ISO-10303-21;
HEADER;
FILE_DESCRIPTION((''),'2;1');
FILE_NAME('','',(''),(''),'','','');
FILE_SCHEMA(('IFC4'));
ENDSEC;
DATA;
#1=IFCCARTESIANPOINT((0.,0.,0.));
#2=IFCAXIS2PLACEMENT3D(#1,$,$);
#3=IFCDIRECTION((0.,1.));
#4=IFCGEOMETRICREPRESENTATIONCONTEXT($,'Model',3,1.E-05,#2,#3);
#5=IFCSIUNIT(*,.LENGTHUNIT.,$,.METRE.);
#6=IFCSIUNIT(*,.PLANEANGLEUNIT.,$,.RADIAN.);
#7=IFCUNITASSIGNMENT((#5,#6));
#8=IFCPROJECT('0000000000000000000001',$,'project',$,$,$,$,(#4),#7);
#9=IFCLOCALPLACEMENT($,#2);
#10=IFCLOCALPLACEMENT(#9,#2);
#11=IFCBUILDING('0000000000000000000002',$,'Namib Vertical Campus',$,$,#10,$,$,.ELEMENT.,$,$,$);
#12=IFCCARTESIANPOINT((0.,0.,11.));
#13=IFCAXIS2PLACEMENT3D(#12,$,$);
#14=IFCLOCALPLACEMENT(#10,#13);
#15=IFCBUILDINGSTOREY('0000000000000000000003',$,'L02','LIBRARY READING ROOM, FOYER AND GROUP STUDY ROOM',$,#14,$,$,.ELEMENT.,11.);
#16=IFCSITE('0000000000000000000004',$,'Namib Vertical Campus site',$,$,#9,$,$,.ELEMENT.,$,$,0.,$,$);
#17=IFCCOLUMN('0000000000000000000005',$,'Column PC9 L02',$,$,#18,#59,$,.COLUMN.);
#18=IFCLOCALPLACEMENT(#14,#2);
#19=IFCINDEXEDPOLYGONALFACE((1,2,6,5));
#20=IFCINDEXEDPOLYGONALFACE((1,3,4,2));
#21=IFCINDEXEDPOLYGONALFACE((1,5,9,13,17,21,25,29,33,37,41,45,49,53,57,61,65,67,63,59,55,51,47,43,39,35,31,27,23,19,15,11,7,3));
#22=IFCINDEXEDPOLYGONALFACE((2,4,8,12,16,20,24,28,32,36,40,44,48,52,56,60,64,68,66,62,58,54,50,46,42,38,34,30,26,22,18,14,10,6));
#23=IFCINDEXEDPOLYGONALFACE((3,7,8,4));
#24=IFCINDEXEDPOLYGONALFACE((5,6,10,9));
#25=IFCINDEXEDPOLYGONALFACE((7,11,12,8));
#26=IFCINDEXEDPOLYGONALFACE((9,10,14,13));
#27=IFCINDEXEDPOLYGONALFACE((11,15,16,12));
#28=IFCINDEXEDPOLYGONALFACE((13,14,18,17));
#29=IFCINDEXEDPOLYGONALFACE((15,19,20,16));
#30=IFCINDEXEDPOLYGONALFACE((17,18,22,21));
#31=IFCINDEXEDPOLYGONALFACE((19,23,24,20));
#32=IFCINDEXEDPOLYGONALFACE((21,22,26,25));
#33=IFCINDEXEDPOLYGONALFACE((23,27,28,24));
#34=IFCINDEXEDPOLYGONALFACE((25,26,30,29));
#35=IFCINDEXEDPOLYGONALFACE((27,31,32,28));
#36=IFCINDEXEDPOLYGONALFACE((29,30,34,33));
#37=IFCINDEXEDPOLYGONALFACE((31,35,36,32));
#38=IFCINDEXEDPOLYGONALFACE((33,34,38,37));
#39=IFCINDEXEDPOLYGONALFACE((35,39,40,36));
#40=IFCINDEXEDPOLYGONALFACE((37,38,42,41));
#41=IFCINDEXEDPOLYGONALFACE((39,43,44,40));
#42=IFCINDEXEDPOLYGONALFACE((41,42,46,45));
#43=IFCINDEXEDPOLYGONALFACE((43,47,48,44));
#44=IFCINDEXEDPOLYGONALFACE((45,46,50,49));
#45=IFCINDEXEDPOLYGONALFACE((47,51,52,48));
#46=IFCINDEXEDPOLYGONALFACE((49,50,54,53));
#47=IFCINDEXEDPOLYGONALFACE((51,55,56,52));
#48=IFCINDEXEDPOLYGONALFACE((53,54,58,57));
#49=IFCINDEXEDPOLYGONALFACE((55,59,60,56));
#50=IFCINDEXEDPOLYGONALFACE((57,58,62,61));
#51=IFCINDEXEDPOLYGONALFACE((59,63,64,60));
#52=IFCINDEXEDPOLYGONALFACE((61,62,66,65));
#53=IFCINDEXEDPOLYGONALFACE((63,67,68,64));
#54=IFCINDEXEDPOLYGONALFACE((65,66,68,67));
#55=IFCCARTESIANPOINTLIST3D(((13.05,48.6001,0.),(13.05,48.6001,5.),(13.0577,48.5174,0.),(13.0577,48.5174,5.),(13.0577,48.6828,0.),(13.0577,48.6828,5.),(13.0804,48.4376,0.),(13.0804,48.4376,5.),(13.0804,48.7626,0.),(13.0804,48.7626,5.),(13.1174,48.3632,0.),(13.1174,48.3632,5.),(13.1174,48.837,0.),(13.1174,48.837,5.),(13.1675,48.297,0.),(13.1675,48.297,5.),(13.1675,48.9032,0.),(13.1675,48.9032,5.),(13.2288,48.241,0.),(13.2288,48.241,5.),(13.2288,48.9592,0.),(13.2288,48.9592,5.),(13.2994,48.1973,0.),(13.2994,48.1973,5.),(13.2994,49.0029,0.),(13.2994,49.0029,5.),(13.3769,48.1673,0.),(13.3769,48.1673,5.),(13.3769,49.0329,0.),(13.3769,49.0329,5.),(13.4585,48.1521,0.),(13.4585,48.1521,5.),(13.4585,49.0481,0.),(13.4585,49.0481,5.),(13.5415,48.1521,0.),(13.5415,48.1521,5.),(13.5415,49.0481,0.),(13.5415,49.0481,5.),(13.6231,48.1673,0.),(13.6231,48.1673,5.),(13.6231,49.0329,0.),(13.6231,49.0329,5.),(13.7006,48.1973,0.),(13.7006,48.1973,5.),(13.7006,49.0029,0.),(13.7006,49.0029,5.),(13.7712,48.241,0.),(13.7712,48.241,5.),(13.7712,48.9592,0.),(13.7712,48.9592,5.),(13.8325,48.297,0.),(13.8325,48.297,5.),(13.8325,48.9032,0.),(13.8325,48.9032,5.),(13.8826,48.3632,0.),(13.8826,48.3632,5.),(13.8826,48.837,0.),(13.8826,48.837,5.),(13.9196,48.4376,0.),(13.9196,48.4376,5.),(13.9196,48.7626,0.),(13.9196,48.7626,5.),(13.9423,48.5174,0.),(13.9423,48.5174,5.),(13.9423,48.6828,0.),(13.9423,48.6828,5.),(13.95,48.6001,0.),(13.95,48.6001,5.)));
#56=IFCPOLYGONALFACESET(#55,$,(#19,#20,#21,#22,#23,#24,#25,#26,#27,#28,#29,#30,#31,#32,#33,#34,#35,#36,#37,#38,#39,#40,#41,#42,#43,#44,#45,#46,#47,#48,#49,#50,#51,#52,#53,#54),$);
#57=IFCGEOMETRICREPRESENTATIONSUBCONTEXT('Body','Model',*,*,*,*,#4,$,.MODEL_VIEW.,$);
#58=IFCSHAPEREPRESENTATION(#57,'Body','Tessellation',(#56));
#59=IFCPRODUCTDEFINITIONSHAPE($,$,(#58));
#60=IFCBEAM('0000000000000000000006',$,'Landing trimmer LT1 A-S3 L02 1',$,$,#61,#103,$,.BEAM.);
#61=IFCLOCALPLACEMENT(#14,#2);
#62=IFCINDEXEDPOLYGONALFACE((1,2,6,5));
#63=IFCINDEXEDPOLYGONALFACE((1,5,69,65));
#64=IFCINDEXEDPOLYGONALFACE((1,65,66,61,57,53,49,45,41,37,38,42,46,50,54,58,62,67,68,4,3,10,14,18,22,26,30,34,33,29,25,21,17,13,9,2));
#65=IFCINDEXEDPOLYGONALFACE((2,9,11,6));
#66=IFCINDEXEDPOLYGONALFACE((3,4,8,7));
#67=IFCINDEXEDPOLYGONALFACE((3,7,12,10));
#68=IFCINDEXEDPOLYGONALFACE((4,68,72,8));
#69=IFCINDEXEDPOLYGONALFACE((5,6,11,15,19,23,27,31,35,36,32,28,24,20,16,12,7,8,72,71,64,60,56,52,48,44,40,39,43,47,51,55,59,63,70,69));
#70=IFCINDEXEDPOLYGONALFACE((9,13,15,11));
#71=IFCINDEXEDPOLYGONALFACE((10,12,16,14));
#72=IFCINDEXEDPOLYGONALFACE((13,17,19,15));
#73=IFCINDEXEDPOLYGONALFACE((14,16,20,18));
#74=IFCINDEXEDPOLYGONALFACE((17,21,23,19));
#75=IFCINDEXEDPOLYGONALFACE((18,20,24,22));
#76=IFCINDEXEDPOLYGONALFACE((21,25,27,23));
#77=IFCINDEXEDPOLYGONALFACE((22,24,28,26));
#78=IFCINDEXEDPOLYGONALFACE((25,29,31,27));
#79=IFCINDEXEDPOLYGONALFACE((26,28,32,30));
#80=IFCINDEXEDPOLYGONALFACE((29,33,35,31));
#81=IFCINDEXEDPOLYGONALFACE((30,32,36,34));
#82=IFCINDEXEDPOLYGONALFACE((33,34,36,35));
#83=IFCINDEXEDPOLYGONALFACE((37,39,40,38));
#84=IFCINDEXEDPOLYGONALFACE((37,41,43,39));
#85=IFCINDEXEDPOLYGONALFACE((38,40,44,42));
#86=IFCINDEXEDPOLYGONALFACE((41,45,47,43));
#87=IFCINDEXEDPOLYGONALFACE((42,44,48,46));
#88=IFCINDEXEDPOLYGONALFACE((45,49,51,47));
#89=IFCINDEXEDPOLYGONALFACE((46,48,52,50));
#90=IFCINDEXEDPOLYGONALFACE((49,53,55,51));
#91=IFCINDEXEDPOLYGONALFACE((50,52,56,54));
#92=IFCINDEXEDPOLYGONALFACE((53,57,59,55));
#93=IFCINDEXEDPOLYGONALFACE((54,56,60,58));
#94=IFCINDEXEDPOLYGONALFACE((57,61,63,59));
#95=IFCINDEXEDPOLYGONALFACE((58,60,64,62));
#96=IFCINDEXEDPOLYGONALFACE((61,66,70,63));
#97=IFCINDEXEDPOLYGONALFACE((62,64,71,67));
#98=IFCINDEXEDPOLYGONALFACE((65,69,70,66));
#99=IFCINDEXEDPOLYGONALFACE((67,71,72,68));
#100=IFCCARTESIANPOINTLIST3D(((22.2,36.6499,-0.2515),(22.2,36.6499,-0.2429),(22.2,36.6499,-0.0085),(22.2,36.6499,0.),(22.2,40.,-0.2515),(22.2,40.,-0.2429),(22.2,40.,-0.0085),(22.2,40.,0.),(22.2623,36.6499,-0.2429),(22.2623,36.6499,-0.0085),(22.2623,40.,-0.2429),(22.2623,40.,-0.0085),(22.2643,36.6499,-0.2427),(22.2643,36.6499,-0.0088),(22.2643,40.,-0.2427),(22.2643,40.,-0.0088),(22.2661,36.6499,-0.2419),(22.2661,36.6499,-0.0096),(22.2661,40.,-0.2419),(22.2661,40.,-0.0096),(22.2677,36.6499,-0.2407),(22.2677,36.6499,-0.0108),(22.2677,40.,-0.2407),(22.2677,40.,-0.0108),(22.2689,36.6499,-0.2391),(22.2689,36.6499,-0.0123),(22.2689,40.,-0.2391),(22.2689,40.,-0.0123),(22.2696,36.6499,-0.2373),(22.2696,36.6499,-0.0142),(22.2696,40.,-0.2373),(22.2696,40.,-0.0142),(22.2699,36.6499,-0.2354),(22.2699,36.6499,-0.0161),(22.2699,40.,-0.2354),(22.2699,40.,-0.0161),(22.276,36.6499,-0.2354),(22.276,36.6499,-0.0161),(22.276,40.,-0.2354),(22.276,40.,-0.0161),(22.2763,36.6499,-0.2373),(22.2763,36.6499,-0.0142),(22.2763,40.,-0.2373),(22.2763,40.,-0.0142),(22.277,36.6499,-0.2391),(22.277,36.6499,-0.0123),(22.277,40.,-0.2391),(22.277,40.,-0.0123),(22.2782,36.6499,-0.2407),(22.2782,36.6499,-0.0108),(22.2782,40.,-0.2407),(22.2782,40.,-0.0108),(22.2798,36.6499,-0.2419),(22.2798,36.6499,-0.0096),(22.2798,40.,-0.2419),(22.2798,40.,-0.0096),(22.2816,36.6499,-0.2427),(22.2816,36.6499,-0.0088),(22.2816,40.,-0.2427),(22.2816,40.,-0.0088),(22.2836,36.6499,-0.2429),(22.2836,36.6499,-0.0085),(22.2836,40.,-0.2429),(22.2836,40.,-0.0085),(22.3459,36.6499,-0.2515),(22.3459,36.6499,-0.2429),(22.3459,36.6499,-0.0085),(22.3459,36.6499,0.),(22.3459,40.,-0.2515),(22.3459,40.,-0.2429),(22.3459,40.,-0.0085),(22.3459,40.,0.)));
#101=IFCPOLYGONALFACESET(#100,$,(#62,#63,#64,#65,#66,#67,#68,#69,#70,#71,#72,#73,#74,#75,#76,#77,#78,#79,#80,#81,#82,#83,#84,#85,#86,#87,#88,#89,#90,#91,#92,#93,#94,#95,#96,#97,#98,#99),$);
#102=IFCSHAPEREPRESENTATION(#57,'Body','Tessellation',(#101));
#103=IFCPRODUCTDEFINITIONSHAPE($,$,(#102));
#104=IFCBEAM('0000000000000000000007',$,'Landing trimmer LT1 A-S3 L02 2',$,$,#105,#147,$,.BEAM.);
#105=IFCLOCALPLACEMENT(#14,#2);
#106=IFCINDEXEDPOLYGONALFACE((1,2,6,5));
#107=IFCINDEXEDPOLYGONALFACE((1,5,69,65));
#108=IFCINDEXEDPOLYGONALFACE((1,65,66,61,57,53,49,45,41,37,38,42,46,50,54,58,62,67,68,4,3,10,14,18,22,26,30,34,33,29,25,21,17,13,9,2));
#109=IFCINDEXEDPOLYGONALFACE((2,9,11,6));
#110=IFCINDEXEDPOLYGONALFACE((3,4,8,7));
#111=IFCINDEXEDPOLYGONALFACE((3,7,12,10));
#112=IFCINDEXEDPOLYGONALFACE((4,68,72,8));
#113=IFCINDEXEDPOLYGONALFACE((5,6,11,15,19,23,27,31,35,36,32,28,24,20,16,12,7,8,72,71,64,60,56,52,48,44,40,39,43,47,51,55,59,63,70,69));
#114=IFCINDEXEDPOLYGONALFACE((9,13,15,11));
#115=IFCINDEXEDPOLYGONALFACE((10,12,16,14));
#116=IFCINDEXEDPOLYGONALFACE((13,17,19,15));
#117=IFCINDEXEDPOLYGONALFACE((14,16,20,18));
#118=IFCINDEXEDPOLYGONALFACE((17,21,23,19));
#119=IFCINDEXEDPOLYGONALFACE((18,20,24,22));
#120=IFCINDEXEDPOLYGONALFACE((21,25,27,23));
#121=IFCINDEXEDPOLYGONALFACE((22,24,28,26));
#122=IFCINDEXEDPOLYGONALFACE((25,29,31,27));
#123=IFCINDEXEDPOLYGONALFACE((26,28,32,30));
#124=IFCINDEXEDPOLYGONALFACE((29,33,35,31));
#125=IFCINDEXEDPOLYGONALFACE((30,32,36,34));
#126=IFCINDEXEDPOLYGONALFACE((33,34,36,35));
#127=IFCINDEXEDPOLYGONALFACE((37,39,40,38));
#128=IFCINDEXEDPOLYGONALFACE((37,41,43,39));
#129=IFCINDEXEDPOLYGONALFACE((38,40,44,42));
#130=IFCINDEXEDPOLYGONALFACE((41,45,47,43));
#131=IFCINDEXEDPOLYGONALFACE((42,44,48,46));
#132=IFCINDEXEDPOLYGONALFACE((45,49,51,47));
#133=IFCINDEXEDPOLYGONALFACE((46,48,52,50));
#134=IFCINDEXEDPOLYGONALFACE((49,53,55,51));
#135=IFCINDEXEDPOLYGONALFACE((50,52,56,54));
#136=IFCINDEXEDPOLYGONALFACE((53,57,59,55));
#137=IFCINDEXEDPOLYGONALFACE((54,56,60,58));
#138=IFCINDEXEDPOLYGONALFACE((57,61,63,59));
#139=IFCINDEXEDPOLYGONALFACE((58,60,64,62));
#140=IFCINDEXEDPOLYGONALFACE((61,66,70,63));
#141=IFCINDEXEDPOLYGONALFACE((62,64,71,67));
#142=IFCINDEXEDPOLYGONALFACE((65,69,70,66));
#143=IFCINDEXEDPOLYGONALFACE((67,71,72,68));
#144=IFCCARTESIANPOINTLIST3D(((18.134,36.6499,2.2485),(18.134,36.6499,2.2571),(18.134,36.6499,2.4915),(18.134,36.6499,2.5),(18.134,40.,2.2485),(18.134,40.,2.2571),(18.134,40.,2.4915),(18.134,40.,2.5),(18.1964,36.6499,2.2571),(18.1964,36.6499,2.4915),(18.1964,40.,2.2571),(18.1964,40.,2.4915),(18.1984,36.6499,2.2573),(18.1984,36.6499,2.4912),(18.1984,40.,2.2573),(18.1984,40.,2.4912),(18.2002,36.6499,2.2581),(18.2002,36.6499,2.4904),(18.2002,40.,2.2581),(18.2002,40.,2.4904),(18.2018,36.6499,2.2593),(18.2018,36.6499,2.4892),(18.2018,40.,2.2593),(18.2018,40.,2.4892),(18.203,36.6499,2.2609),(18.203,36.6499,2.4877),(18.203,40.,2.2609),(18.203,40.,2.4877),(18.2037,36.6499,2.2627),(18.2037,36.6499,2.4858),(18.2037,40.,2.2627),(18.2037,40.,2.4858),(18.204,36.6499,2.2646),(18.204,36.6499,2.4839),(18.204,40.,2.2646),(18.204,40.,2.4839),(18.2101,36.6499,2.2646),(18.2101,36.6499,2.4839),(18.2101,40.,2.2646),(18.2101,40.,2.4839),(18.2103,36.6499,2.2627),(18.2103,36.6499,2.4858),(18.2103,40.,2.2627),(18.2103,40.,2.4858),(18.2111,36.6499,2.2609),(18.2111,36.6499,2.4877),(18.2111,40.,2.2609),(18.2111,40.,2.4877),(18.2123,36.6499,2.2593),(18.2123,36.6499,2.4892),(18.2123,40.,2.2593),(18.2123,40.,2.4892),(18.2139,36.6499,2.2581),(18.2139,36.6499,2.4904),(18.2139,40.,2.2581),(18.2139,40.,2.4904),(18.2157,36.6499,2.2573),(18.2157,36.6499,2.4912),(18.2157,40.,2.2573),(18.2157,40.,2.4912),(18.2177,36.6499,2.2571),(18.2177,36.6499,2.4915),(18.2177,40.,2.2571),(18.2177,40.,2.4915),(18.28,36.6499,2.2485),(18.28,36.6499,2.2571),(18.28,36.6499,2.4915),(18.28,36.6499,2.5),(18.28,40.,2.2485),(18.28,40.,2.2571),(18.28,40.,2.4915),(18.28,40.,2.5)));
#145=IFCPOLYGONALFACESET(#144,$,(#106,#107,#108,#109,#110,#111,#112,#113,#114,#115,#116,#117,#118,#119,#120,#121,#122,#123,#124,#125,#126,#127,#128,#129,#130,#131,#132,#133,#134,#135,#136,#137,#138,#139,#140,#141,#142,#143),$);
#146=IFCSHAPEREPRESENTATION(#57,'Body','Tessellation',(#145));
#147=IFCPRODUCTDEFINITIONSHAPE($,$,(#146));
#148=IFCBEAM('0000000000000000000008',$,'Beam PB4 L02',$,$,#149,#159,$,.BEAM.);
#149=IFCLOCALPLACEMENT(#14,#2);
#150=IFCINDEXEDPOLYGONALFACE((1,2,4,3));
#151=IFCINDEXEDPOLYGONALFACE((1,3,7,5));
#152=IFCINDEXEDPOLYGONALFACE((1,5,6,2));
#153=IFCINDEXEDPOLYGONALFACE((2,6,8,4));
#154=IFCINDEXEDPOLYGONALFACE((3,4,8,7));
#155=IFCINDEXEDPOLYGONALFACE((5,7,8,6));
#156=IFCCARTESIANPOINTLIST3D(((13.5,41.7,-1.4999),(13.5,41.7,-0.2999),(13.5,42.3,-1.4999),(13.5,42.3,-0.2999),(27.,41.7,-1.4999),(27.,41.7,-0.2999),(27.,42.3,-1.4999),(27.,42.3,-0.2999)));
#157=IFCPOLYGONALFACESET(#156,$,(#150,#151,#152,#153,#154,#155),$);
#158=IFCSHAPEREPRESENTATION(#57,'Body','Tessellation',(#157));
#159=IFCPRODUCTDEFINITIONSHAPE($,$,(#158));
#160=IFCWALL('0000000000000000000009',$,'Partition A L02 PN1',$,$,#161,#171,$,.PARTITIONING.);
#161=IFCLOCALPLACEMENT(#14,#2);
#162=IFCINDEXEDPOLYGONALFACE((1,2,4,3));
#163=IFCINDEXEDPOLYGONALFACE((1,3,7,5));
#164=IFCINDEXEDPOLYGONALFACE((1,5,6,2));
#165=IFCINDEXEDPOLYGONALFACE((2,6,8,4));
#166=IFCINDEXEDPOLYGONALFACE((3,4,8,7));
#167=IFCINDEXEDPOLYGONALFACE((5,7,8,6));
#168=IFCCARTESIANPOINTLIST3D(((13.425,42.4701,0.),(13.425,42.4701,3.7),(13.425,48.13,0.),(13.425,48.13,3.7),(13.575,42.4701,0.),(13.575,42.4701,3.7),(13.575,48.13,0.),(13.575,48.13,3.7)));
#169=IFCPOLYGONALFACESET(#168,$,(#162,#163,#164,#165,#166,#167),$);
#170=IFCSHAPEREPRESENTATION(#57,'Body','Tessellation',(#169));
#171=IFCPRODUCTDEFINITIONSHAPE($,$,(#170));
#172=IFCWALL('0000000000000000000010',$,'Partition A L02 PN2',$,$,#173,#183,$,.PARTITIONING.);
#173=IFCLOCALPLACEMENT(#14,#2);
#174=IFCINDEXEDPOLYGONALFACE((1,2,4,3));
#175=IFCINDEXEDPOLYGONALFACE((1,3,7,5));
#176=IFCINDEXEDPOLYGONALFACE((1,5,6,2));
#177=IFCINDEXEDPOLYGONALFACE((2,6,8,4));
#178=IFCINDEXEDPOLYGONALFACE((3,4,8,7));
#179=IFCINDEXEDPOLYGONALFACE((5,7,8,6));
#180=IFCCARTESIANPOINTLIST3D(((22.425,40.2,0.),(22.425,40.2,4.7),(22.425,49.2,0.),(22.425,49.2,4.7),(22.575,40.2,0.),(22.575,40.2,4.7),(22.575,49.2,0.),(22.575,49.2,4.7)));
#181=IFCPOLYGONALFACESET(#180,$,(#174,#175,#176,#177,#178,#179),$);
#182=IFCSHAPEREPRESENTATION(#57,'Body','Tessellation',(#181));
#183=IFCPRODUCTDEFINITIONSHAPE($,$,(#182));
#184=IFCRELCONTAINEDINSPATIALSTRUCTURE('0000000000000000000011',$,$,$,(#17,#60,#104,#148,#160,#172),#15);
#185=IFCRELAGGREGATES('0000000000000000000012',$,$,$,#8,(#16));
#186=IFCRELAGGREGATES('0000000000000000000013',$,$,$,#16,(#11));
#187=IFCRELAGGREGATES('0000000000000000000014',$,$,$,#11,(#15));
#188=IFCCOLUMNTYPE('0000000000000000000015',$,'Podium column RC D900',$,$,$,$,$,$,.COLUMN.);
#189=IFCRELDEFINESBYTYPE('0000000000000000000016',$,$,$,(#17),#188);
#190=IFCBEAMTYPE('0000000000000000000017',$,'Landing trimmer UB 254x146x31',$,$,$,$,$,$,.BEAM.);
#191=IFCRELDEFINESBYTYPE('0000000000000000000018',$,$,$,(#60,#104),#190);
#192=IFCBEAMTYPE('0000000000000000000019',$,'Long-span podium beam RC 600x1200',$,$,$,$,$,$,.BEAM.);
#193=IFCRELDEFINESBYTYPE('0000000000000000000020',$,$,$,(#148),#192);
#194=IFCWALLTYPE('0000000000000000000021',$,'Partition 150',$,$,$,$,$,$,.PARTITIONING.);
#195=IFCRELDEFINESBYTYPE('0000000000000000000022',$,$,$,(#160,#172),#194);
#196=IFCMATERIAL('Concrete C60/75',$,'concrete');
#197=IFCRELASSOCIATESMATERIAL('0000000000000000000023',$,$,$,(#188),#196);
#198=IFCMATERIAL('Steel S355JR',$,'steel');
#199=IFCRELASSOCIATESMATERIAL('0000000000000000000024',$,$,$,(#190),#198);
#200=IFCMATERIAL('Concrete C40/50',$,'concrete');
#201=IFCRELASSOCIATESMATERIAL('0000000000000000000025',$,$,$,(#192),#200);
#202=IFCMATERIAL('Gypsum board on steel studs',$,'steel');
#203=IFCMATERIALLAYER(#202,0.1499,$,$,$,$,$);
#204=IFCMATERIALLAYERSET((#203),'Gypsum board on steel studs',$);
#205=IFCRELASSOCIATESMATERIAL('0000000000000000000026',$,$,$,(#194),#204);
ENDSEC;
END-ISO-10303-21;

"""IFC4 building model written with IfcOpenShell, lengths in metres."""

from ifc_helpers import new_model, si_unit, direction, frame, frame_2d, origin, origin_2d, place, context, subcontext, project, spatial, rectangle, circle, i_section, extrude, material, layer, layer_set, material_profile, profile_set, type_object, element, save


model = new_model("IFC4")

# Units and contexts
model_context = context("Model", 3, precision=1e-05, world=origin(), true_north=direction((0.0, 1.0)))
body_context = subcontext(model_context, "Body", "Model", "MODEL_VIEW")
ifc_project = project(units=[si_unit("LENGTHUNIT", "METRE"), si_unit("PLANEANGLEUNIT", "RADIAN")], contexts=[model_context])

# Site, building, storey
site_placement = place(None, origin())
site = spatial("IfcSite", under=ifc_project, at=site_placement, Name="Namib Vertical Campus site", CompositionType="ELEMENT", RefElevation=0.0)
building_placement = place(site_placement, origin())
building = spatial("IfcBuilding", under=site, at=building_placement, Name="Namib Vertical Campus", CompositionType="ELEMENT")
storey_placement = place(building_placement, frame((0.0, 0.0, 11.0)))
storey = spatial("IfcBuildingStorey", under=building, at=storey_placement, Name="L02", Description="LIBRARY READING ROOM, FOYER AND GROUP STUDY ROOM", CompositionType="ELEMENT", Elevation=11.0)

# Column
ifc_material_1 = material(Name="Concrete C60/75", Category="concrete")
ifc_material_profile_1 = material_profile(ifc_material_1, circle(Radius=0.45, at=origin_2d()))
ifc_profile_set_1 = profile_set([ifc_material_profile_1], Name="Concrete C60/75")
column_type = type_object("IfcColumnType", Name="Podium column RC D900", PredefinedType="COLUMN", material=ifc_profile_set_1)
column_placement = place(storey_placement, frame((13.5, 48.6001, 0.0), z_axis=(0.0, 0.0, 1.0), x_axis=(1.0, 0.0, 0.0)))
element("IfcColumn", 1, at=column_placement, inside=storey, type_object=column_type, Name="Column PC9 L02", PredefinedType="COLUMN", context=body_context, shape_type="SweptSolid", body=[
    extrude(circle(Radius=0.45, at=origin_2d()), origin(), (0.0, 0.0, 1.0), 5.0),
])

# Beams
ifc_material_2 = material(Name="Steel S355JR", Category="steel")
ifc_material_profile_2 = material_profile(ifc_material_2, i_section(OverallWidth=0.146, OverallDepth=0.2515, WebThickness=0.0061, FlangeThickness=0.0085, FilletRadius=0.0076, at=origin_2d()))
ifc_profile_set_2 = profile_set([ifc_material_profile_2], Name="Steel S355JR")
beam_type_1 = type_object("IfcBeamType", Name="Landing trimmer UB 254x146x31", PredefinedType="BEAM", material=ifc_profile_set_2)
for number, where, z_axis, x_axis, name in (
    (2, (22.2729, 36.6499, -0.1257), (0.0, 1.0, 0.0), (-1.0, 0.0, 0.0), "Landing trimmer LT1 A-S3 L02 1"),
    (3, (18.207, 36.6499, 2.3743), (0.0, 1.0, 0.0), (-1.0, 0.0, 0.0), "Landing trimmer LT1 A-S3 L02 2"),
):
    element("IfcBeam", number, at=place(storey_placement, frame(where, z_axis=z_axis, x_axis=x_axis)), inside=storey, type_object=beam_type_1, Name=name, PredefinedType="BEAM", context=body_context, shape_type="SweptSolid", body=[
        extrude(i_section(OverallWidth=0.146, OverallDepth=0.2515, WebThickness=0.0061, FlangeThickness=0.0085, FilletRadius=0.0076, at=origin_2d()), origin(), (0.0, 0.0, 1.0), 3.3501),
    ])
ifc_material_3 = material(Name="Concrete C40/50", Category="concrete")
ifc_material_profile_3 = material_profile(ifc_material_3, rectangle(XDim=0.6001, YDim=1.2, at=origin_2d()))
ifc_profile_set_3 = profile_set([ifc_material_profile_3], Name="Concrete C40/50")
beam_type_2 = type_object("IfcBeamType", Name="Long-span podium beam RC 600x1200", PredefinedType="BEAM", material=ifc_profile_set_3)
beam_placement = place(storey_placement, frame((13.5, 42.0, -0.8999), z_axis=(1.0, 0.0, 0.0), x_axis=(0.0, 1.0, 0.0)))
element("IfcBeam", 4, at=beam_placement, inside=storey, type_object=beam_type_2, Name="Beam PB4 L02", PredefinedType="BEAM", context=body_context, shape_type="SweptSolid", body=[
    extrude(rectangle(XDim=0.6001, YDim=1.2, at=origin_2d()), origin(), (0.0, 0.0, 1.0), 13.5),
])

# Walls
ifc_material_4 = material(Name="Gypsum board on steel studs", Category="steel")
ifc_layer_1 = layer(ifc_material_4, 0.1499)
ifc_layer_set_1 = layer_set([ifc_layer_1], Name="Gypsum board on steel studs")
wall_type_1 = type_object("IfcWallType", Name="Partition 150", PredefinedType="PARTITIONING", material=ifc_layer_set_1)
wall_1_placement = place(storey_placement, frame((13.5, 42.47, 0.0), z_axis=(0.0, 0.0, 1.0), x_axis=(0.0, 1.0, 0.0)))
element("IfcWall", 5, at=wall_1_placement, inside=storey, type_object=wall_type_1, Name="Partition A L02 PN1", PredefinedType="PARTITIONING", context=body_context, shape_type="SweptSolid", body=[
    extrude(rectangle(XDim=5.6599, YDim=0.1499, at=frame_2d((2.8301, 0.0))), origin(), (0.0, 0.0, 1.0), 3.7),
])
wall_2_placement = place(storey_placement, frame((22.5, 40.2, 0.0), z_axis=(0.0, 0.0, 1.0), x_axis=(0.0, 1.0, 0.0)))
element("IfcWall", 6, at=wall_2_placement, inside=storey, type_object=wall_type_1, Name="Partition A L02 PN2", PredefinedType="PARTITIONING", context=body_context, shape_type="SweptSolid", body=[
    extrude(rectangle(XDim=9.0, YDim=0.1499, at=frame_2d((4.5, 0.0))), origin(), (0.0, 0.0, 1.0), 4.7),
])

save(model, "model.ifc")
